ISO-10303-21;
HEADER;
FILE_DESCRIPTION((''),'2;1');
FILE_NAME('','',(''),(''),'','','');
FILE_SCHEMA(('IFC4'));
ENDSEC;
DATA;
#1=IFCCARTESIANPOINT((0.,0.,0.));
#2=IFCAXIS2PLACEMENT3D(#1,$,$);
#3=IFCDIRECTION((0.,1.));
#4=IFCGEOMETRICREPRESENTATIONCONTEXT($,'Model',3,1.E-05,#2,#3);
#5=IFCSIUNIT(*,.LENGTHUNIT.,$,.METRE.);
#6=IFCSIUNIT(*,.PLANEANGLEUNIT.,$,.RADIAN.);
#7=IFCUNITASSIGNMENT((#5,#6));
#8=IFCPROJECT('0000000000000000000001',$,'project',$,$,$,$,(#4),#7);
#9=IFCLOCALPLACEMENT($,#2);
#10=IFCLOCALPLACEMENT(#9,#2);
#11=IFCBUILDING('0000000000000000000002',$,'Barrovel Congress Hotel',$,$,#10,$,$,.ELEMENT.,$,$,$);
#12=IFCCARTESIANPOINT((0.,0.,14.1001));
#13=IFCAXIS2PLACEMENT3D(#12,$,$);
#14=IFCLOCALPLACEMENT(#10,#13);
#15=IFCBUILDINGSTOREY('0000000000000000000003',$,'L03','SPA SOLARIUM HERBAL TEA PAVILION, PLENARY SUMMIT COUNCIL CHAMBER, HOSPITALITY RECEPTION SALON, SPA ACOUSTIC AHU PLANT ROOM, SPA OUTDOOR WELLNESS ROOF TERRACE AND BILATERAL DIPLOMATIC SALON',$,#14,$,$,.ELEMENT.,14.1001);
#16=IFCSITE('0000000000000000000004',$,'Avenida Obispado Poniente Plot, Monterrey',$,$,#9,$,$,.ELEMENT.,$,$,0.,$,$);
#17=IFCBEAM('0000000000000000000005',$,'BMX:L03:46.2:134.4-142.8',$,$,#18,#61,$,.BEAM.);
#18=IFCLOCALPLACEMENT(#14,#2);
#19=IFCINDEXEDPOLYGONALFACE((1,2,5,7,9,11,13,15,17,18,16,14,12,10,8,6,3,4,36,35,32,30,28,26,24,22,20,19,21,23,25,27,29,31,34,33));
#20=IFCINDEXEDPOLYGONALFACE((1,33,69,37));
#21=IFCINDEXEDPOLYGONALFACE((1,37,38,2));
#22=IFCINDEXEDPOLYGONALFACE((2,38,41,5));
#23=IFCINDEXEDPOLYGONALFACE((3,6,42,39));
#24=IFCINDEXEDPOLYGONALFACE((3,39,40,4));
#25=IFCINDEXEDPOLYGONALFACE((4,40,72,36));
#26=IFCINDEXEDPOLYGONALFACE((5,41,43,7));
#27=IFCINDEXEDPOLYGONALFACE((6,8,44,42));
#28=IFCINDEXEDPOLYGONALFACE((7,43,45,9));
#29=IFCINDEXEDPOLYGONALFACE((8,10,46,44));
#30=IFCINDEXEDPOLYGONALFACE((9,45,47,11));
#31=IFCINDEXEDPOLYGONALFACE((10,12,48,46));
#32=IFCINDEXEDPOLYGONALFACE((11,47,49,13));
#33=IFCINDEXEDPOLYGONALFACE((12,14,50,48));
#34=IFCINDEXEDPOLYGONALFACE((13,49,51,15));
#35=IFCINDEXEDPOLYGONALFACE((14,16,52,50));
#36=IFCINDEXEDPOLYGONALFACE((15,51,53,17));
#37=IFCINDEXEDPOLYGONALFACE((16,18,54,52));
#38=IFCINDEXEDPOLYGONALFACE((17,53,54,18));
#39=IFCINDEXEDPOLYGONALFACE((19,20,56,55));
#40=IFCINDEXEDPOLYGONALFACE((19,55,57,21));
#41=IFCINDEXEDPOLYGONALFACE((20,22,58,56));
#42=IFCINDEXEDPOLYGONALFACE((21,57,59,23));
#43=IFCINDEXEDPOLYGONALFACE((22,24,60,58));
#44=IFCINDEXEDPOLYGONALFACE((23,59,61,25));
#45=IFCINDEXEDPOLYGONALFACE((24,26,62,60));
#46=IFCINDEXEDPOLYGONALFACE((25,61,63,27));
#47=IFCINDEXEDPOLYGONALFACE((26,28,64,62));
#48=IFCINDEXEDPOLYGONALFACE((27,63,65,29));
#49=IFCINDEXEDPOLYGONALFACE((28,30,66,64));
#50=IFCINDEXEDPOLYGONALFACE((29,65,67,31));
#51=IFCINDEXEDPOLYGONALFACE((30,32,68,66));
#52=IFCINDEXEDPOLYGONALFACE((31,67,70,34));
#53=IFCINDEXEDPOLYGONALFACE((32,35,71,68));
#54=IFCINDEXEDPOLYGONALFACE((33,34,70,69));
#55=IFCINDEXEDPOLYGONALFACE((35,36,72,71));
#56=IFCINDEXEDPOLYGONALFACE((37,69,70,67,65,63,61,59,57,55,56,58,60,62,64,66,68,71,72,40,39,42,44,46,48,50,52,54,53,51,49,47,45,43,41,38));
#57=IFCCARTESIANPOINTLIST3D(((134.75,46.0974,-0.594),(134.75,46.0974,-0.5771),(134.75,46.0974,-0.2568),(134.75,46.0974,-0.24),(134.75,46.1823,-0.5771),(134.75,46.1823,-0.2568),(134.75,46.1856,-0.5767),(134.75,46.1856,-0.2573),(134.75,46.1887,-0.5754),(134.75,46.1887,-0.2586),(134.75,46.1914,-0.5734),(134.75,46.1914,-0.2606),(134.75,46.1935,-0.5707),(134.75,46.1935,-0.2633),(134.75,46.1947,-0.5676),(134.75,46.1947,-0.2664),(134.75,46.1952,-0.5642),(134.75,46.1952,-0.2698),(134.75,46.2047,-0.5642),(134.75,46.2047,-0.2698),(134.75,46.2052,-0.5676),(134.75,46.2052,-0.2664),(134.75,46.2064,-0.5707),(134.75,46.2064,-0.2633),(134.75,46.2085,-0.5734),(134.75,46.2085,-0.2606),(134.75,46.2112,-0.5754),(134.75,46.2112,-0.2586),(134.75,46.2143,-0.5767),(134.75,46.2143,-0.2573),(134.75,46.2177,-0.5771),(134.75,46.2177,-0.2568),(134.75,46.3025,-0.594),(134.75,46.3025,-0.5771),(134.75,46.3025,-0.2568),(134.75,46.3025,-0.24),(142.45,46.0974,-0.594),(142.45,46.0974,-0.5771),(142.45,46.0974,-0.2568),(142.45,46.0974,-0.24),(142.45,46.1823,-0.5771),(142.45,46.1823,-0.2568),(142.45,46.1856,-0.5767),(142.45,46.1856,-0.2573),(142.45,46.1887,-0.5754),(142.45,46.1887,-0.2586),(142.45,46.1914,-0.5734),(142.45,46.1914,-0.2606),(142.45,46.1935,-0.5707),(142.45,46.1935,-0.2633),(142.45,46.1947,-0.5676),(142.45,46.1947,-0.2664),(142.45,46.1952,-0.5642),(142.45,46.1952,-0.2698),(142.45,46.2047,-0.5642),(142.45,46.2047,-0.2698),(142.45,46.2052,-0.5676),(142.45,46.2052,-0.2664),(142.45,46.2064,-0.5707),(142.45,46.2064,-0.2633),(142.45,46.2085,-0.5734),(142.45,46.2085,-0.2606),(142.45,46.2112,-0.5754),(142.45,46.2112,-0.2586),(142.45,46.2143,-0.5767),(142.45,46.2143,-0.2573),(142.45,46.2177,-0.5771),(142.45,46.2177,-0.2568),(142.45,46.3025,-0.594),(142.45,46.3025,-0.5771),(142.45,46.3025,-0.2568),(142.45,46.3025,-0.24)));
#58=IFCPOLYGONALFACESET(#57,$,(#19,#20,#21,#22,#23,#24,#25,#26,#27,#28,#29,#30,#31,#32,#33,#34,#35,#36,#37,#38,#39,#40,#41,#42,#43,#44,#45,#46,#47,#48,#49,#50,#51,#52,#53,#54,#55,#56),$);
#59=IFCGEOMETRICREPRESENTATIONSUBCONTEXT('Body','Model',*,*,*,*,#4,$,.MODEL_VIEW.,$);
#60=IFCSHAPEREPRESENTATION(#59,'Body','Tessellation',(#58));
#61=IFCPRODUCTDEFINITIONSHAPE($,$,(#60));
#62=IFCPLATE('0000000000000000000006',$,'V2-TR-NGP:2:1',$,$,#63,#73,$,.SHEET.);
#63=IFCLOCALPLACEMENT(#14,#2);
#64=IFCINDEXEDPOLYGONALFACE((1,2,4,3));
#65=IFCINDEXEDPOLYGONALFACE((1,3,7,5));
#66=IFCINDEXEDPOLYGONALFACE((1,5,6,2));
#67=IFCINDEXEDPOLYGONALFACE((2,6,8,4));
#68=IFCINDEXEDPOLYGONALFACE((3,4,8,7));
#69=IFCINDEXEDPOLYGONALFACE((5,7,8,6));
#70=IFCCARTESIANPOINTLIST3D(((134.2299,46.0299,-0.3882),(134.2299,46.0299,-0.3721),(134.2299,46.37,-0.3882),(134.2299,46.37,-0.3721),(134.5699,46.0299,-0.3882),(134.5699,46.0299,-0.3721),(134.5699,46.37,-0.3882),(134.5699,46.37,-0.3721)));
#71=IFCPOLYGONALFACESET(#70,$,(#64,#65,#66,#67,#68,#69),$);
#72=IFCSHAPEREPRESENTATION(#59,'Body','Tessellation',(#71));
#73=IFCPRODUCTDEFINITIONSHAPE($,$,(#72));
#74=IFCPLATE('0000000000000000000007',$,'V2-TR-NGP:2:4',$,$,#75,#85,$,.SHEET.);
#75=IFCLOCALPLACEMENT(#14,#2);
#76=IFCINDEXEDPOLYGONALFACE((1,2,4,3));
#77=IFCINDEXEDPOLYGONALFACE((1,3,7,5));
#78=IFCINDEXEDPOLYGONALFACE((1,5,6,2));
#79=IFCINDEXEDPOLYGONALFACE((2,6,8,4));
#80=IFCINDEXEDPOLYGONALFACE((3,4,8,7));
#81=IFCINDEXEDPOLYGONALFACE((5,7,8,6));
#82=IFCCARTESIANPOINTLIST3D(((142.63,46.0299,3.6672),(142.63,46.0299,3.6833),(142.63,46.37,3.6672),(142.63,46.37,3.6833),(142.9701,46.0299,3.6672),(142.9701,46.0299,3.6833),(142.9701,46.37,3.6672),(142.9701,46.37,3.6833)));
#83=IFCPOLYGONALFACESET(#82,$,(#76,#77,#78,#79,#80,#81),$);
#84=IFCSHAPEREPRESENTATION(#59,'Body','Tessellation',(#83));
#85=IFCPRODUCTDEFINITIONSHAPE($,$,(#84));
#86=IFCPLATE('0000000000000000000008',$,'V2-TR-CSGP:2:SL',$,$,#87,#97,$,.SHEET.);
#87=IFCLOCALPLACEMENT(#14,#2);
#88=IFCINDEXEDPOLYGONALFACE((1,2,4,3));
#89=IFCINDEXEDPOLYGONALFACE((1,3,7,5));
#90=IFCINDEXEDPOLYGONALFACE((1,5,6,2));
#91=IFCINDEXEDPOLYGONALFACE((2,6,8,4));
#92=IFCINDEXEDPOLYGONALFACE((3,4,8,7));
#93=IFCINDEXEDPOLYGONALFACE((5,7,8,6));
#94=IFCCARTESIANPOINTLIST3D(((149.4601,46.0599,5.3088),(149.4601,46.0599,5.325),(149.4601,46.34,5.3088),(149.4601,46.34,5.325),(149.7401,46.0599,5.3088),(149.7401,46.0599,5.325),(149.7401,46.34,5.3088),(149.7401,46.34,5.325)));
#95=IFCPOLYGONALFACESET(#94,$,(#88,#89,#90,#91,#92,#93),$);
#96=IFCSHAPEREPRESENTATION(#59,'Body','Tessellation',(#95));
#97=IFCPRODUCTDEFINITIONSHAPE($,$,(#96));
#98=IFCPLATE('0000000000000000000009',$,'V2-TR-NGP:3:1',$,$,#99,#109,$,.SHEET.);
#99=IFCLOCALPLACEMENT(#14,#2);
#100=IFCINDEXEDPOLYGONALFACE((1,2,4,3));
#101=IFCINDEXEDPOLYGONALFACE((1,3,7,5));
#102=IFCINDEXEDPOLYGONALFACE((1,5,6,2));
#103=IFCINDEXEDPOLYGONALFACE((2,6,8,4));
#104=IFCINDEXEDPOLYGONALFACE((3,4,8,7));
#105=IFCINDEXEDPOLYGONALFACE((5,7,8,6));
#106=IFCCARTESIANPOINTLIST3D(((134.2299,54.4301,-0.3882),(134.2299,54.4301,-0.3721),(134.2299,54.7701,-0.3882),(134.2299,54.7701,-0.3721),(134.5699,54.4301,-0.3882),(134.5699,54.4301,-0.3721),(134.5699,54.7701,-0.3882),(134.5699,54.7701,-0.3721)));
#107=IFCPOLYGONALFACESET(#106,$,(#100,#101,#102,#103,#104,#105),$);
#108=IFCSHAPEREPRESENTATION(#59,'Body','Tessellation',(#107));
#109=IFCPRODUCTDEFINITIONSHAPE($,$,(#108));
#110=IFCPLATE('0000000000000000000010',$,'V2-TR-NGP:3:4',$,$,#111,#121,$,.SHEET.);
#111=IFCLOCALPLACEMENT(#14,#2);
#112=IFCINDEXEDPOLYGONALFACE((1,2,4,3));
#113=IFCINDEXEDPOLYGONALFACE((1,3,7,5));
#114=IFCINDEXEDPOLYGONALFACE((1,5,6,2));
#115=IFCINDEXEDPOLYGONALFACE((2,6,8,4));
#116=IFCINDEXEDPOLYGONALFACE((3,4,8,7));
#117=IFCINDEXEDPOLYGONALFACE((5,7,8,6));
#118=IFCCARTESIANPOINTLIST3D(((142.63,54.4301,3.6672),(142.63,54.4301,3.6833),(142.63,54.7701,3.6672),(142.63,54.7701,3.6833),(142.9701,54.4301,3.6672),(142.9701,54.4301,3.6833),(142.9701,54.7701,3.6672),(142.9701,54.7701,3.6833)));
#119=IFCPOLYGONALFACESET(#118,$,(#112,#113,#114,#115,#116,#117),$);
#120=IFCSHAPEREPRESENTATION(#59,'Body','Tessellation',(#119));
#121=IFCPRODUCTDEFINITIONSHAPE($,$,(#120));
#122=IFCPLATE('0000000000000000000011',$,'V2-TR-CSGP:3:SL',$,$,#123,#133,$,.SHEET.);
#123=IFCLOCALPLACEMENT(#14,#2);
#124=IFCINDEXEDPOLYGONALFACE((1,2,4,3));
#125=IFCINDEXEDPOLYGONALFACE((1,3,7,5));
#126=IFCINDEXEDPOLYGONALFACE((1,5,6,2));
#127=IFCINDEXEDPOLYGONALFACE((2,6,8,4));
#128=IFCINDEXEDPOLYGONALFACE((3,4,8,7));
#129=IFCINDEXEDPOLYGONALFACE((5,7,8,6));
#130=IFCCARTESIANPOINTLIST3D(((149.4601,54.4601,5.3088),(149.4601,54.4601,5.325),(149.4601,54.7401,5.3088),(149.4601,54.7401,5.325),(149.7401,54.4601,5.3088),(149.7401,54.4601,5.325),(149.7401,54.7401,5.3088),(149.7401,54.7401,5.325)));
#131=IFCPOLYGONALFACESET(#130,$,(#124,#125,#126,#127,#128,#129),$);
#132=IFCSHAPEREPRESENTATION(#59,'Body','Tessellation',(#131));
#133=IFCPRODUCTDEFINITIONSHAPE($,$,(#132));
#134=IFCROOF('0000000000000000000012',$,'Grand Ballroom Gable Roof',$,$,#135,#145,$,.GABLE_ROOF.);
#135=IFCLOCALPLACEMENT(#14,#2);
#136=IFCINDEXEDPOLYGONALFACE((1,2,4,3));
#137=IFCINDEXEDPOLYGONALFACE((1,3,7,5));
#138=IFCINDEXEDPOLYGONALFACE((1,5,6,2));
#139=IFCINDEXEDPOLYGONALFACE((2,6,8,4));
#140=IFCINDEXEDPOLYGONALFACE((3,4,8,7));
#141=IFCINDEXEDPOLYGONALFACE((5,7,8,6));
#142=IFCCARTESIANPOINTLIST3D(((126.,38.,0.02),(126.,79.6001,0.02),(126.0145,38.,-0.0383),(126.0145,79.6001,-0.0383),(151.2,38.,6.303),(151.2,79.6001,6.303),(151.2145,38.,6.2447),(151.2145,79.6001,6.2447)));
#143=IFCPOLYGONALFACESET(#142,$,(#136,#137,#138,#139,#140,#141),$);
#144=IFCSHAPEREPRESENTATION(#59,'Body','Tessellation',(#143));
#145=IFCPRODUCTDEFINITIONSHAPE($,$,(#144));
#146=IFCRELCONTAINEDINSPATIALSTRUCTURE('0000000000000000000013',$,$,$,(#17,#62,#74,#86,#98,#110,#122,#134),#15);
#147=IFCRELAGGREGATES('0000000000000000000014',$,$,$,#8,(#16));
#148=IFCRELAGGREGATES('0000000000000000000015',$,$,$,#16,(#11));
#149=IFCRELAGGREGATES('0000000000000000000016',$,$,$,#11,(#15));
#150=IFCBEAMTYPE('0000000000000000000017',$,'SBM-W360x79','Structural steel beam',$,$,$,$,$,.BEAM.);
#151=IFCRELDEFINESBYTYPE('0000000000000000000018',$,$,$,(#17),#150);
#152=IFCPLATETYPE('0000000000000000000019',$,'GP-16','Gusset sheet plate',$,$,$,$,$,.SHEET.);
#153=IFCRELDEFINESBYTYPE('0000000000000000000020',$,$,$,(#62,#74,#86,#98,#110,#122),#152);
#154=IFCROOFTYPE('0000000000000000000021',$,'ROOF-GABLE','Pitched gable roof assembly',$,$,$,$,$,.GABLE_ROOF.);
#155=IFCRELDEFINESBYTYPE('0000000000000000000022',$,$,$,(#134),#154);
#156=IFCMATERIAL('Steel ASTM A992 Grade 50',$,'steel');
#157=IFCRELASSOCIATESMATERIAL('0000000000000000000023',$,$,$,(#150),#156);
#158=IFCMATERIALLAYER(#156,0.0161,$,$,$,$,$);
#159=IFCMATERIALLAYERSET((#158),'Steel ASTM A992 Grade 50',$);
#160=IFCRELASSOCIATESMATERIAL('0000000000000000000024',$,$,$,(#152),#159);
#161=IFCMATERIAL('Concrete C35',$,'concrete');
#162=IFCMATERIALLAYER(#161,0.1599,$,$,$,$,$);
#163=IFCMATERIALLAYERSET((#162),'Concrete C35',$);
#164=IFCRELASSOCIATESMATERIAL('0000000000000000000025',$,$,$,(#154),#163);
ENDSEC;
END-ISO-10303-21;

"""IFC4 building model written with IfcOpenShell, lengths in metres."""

from ifc_helpers import new_model, si_unit, direction, frame, origin, origin_2d, place, context, subcontext, project, spatial, polyline, rectangle, i_section, outline, extrude, material, layer, layer_set, material_profile, profile_set, type_object, element, save


model = new_model("IFC4")

# Units and contexts
model_context = context("Model", 3, precision=1e-05, world=origin(), true_north=direction((0.0, 1.0)))
body_context = subcontext(model_context, "Body", "Model", "MODEL_VIEW")
ifc_project = project(units=[si_unit("LENGTHUNIT", "METRE"), si_unit("PLANEANGLEUNIT", "RADIAN")], contexts=[model_context])

# Site, building, storey
site_placement = place(None, origin())
site = spatial("IfcSite", under=ifc_project, at=site_placement, Name="Avenida Obispado Poniente Plot, Monterrey", CompositionType="ELEMENT", RefElevation=0.0)
building_placement = place(site_placement, origin())
building = spatial("IfcBuilding", under=site, at=building_placement, Name="Barrovel Congress Hotel", CompositionType="ELEMENT")
storey_placement = place(building_placement, frame((0.0, 0.0, 14.1001)))
storey = spatial("IfcBuildingStorey", under=building, at=storey_placement, Name="L03", Description="SPA SOLARIUM HERBAL TEA PAVILION, PLENARY SUMMIT COUNCIL CHAMBER, HOSPITALITY RECEPTION SALON, SPA ACOUSTIC AHU PLANT ROOM, SPA OUTDOOR WELLNESS ROOF TERRACE AND BILATERAL DIPLOMATIC SALON", CompositionType="ELEMENT", Elevation=14.1001)

# Shared definitions
ifc_material_1 = material(Name="Steel ASTM A992 Grade 50", Category="steel")

# Beam
ifc_material_profile_1 = material_profile(ifc_material_1, i_section(OverallWidth=0.2051, OverallDepth=0.354, WebThickness=0.0095, FlangeThickness=0.0168, FilletRadius=0.0129, at=origin_2d()), Name="W360x79")
ifc_profile_set_1 = profile_set([ifc_material_profile_1], Name="Steel ASTM A992 Grade 50")
beam_type_1 = type_object("IfcBeamType", Name="SBM-W360x79", Description="Structural steel beam", PredefinedType="BEAM", material=ifc_profile_set_1)
beam_1_placement = place(storey_placement, frame((134.75, 46.2, -0.417), z_axis=(1.0, 0.0, 0.0), x_axis=(0.0, 1.0, 0.0)))
element("IfcBeam", 1, at=beam_1_placement, inside=storey, type_object=beam_type_1, Name="BMX:L03:46.2:134.4-142.8", PredefinedType="BEAM", context=body_context, shape_type="SweptSolid", body=[
    extrude(i_section(OverallWidth=0.2051, OverallDepth=0.354, WebThickness=0.0095, FlangeThickness=0.0168, FilletRadius=0.0129, at=origin_2d()), origin(), (0.0, 0.0, 1.0), 7.7),
])

# Plates
ifc_layer_1 = layer(ifc_material_1, 0.0161)
ifc_layer_set_1 = layer_set([ifc_layer_1], Name="Steel ASTM A992 Grade 50")
plate_type = type_object("IfcPlateType", Name="GP-16", Description="Gusset sheet plate", PredefinedType="SHEET", material=ifc_layer_set_1)
for number, where, z_axis, x_axis, name in (
    (2, (134.3999, 46.2, -0.3882), (0.0, 0.0, 1.0), (1.0, 0.0, 0.0), "V2-TR-NGP:2:1"),
    (3, (142.8, 46.2, 3.6672), (0.0, 0.0, 1.0), (1.0, 0.0, 0.0), "V2-TR-NGP:2:4"),
):
    element("IfcPlate", number, at=place(storey_placement, frame(where, z_axis=z_axis, x_axis=x_axis)), inside=storey, type_object=plate_type, Name=name, PredefinedType="SHEET", context=body_context, shape_type="SweptSolid", body=[
        extrude(rectangle(XDim=0.3401, YDim=0.3401, at=origin_2d()), origin(), (0.0, 0.0, 1.0), 0.0161),
    ])
plate_1_placement = place(storey_placement, frame((149.6001, 46.2, 5.3088), z_axis=(0.0, 0.0, 1.0), x_axis=(1.0, 0.0, 0.0)))
element("IfcPlate", 4, at=plate_1_placement, inside=storey, type_object=plate_type, Name="V2-TR-CSGP:2:SL", PredefinedType="SHEET", context=body_context, shape_type="SweptSolid", body=[
    extrude(rectangle(XDim=0.28, YDim=0.28, at=origin_2d()), origin(), (0.0, 0.0, 1.0), 0.0161),
])
for number, where, z_axis, x_axis, name in (
    (5, (134.3999, 54.6001, -0.3882), (0.0, 0.0, 1.0), (1.0, 0.0, 0.0), "V2-TR-NGP:3:1"),
    (6, (142.8, 54.6001, 3.6672), (0.0, 0.0, 1.0), (1.0, 0.0, 0.0), "V2-TR-NGP:3:4"),
):
    element("IfcPlate", number, at=place(storey_placement, frame(where, z_axis=z_axis, x_axis=x_axis)), inside=storey, type_object=plate_type, Name=name, PredefinedType="SHEET", context=body_context, shape_type="SweptSolid", body=[
        extrude(rectangle(XDim=0.3401, YDim=0.3401, at=origin_2d()), origin(), (0.0, 0.0, 1.0), 0.0161),
    ])
plate_2_placement = place(storey_placement, frame((149.6001, 54.6001, 5.3088), z_axis=(0.0, 0.0, 1.0), x_axis=(1.0, 0.0, 0.0)))
element("IfcPlate", 7, at=plate_2_placement, inside=storey, type_object=plate_type, Name="V2-TR-CSGP:3:SL", PredefinedType="SHEET", context=body_context, shape_type="SweptSolid", body=[
    extrude(rectangle(XDim=0.28, YDim=0.28, at=origin_2d()), origin(), (0.0, 0.0, 1.0), 0.0161),
])

# Roof
ifc_material_2 = material(Name="Concrete C35", Category="concrete")
ifc_layer_2 = layer(ifc_material_2, 0.1599)
ifc_layer_set_2 = layer_set([ifc_layer_2], Name="Concrete C35")
roof_type = type_object("IfcRoofType", Name="ROOF-GABLE", Description="Pitched gable roof assembly", PredefinedType="GABLE_ROOF", material=ifc_layer_set_2)
roof_placement = place(storey_placement, frame((126.0, 38.0, 0.02), z_axis=(-0.241918, 0.0, 0.970297), x_axis=(0.970297, 0.0, 0.241918)))
element("IfcRoof", 8, at=roof_placement, inside=storey, type_object=roof_type, Name="Grand Ballroom Gable Roof", PredefinedType="GABLE_ROOF", context=body_context, shape_type="SweptSolid", body=[
    extrude(outline(polyline([(0.0, 0.0), (25.9714, 0.0), (25.9714, 41.6001), (0.0, 41.6001), (0.0, 0.0)])), origin(), (0.0, 0.0, -1.0), 0.0601),
])

save(model, "model.ifc")
